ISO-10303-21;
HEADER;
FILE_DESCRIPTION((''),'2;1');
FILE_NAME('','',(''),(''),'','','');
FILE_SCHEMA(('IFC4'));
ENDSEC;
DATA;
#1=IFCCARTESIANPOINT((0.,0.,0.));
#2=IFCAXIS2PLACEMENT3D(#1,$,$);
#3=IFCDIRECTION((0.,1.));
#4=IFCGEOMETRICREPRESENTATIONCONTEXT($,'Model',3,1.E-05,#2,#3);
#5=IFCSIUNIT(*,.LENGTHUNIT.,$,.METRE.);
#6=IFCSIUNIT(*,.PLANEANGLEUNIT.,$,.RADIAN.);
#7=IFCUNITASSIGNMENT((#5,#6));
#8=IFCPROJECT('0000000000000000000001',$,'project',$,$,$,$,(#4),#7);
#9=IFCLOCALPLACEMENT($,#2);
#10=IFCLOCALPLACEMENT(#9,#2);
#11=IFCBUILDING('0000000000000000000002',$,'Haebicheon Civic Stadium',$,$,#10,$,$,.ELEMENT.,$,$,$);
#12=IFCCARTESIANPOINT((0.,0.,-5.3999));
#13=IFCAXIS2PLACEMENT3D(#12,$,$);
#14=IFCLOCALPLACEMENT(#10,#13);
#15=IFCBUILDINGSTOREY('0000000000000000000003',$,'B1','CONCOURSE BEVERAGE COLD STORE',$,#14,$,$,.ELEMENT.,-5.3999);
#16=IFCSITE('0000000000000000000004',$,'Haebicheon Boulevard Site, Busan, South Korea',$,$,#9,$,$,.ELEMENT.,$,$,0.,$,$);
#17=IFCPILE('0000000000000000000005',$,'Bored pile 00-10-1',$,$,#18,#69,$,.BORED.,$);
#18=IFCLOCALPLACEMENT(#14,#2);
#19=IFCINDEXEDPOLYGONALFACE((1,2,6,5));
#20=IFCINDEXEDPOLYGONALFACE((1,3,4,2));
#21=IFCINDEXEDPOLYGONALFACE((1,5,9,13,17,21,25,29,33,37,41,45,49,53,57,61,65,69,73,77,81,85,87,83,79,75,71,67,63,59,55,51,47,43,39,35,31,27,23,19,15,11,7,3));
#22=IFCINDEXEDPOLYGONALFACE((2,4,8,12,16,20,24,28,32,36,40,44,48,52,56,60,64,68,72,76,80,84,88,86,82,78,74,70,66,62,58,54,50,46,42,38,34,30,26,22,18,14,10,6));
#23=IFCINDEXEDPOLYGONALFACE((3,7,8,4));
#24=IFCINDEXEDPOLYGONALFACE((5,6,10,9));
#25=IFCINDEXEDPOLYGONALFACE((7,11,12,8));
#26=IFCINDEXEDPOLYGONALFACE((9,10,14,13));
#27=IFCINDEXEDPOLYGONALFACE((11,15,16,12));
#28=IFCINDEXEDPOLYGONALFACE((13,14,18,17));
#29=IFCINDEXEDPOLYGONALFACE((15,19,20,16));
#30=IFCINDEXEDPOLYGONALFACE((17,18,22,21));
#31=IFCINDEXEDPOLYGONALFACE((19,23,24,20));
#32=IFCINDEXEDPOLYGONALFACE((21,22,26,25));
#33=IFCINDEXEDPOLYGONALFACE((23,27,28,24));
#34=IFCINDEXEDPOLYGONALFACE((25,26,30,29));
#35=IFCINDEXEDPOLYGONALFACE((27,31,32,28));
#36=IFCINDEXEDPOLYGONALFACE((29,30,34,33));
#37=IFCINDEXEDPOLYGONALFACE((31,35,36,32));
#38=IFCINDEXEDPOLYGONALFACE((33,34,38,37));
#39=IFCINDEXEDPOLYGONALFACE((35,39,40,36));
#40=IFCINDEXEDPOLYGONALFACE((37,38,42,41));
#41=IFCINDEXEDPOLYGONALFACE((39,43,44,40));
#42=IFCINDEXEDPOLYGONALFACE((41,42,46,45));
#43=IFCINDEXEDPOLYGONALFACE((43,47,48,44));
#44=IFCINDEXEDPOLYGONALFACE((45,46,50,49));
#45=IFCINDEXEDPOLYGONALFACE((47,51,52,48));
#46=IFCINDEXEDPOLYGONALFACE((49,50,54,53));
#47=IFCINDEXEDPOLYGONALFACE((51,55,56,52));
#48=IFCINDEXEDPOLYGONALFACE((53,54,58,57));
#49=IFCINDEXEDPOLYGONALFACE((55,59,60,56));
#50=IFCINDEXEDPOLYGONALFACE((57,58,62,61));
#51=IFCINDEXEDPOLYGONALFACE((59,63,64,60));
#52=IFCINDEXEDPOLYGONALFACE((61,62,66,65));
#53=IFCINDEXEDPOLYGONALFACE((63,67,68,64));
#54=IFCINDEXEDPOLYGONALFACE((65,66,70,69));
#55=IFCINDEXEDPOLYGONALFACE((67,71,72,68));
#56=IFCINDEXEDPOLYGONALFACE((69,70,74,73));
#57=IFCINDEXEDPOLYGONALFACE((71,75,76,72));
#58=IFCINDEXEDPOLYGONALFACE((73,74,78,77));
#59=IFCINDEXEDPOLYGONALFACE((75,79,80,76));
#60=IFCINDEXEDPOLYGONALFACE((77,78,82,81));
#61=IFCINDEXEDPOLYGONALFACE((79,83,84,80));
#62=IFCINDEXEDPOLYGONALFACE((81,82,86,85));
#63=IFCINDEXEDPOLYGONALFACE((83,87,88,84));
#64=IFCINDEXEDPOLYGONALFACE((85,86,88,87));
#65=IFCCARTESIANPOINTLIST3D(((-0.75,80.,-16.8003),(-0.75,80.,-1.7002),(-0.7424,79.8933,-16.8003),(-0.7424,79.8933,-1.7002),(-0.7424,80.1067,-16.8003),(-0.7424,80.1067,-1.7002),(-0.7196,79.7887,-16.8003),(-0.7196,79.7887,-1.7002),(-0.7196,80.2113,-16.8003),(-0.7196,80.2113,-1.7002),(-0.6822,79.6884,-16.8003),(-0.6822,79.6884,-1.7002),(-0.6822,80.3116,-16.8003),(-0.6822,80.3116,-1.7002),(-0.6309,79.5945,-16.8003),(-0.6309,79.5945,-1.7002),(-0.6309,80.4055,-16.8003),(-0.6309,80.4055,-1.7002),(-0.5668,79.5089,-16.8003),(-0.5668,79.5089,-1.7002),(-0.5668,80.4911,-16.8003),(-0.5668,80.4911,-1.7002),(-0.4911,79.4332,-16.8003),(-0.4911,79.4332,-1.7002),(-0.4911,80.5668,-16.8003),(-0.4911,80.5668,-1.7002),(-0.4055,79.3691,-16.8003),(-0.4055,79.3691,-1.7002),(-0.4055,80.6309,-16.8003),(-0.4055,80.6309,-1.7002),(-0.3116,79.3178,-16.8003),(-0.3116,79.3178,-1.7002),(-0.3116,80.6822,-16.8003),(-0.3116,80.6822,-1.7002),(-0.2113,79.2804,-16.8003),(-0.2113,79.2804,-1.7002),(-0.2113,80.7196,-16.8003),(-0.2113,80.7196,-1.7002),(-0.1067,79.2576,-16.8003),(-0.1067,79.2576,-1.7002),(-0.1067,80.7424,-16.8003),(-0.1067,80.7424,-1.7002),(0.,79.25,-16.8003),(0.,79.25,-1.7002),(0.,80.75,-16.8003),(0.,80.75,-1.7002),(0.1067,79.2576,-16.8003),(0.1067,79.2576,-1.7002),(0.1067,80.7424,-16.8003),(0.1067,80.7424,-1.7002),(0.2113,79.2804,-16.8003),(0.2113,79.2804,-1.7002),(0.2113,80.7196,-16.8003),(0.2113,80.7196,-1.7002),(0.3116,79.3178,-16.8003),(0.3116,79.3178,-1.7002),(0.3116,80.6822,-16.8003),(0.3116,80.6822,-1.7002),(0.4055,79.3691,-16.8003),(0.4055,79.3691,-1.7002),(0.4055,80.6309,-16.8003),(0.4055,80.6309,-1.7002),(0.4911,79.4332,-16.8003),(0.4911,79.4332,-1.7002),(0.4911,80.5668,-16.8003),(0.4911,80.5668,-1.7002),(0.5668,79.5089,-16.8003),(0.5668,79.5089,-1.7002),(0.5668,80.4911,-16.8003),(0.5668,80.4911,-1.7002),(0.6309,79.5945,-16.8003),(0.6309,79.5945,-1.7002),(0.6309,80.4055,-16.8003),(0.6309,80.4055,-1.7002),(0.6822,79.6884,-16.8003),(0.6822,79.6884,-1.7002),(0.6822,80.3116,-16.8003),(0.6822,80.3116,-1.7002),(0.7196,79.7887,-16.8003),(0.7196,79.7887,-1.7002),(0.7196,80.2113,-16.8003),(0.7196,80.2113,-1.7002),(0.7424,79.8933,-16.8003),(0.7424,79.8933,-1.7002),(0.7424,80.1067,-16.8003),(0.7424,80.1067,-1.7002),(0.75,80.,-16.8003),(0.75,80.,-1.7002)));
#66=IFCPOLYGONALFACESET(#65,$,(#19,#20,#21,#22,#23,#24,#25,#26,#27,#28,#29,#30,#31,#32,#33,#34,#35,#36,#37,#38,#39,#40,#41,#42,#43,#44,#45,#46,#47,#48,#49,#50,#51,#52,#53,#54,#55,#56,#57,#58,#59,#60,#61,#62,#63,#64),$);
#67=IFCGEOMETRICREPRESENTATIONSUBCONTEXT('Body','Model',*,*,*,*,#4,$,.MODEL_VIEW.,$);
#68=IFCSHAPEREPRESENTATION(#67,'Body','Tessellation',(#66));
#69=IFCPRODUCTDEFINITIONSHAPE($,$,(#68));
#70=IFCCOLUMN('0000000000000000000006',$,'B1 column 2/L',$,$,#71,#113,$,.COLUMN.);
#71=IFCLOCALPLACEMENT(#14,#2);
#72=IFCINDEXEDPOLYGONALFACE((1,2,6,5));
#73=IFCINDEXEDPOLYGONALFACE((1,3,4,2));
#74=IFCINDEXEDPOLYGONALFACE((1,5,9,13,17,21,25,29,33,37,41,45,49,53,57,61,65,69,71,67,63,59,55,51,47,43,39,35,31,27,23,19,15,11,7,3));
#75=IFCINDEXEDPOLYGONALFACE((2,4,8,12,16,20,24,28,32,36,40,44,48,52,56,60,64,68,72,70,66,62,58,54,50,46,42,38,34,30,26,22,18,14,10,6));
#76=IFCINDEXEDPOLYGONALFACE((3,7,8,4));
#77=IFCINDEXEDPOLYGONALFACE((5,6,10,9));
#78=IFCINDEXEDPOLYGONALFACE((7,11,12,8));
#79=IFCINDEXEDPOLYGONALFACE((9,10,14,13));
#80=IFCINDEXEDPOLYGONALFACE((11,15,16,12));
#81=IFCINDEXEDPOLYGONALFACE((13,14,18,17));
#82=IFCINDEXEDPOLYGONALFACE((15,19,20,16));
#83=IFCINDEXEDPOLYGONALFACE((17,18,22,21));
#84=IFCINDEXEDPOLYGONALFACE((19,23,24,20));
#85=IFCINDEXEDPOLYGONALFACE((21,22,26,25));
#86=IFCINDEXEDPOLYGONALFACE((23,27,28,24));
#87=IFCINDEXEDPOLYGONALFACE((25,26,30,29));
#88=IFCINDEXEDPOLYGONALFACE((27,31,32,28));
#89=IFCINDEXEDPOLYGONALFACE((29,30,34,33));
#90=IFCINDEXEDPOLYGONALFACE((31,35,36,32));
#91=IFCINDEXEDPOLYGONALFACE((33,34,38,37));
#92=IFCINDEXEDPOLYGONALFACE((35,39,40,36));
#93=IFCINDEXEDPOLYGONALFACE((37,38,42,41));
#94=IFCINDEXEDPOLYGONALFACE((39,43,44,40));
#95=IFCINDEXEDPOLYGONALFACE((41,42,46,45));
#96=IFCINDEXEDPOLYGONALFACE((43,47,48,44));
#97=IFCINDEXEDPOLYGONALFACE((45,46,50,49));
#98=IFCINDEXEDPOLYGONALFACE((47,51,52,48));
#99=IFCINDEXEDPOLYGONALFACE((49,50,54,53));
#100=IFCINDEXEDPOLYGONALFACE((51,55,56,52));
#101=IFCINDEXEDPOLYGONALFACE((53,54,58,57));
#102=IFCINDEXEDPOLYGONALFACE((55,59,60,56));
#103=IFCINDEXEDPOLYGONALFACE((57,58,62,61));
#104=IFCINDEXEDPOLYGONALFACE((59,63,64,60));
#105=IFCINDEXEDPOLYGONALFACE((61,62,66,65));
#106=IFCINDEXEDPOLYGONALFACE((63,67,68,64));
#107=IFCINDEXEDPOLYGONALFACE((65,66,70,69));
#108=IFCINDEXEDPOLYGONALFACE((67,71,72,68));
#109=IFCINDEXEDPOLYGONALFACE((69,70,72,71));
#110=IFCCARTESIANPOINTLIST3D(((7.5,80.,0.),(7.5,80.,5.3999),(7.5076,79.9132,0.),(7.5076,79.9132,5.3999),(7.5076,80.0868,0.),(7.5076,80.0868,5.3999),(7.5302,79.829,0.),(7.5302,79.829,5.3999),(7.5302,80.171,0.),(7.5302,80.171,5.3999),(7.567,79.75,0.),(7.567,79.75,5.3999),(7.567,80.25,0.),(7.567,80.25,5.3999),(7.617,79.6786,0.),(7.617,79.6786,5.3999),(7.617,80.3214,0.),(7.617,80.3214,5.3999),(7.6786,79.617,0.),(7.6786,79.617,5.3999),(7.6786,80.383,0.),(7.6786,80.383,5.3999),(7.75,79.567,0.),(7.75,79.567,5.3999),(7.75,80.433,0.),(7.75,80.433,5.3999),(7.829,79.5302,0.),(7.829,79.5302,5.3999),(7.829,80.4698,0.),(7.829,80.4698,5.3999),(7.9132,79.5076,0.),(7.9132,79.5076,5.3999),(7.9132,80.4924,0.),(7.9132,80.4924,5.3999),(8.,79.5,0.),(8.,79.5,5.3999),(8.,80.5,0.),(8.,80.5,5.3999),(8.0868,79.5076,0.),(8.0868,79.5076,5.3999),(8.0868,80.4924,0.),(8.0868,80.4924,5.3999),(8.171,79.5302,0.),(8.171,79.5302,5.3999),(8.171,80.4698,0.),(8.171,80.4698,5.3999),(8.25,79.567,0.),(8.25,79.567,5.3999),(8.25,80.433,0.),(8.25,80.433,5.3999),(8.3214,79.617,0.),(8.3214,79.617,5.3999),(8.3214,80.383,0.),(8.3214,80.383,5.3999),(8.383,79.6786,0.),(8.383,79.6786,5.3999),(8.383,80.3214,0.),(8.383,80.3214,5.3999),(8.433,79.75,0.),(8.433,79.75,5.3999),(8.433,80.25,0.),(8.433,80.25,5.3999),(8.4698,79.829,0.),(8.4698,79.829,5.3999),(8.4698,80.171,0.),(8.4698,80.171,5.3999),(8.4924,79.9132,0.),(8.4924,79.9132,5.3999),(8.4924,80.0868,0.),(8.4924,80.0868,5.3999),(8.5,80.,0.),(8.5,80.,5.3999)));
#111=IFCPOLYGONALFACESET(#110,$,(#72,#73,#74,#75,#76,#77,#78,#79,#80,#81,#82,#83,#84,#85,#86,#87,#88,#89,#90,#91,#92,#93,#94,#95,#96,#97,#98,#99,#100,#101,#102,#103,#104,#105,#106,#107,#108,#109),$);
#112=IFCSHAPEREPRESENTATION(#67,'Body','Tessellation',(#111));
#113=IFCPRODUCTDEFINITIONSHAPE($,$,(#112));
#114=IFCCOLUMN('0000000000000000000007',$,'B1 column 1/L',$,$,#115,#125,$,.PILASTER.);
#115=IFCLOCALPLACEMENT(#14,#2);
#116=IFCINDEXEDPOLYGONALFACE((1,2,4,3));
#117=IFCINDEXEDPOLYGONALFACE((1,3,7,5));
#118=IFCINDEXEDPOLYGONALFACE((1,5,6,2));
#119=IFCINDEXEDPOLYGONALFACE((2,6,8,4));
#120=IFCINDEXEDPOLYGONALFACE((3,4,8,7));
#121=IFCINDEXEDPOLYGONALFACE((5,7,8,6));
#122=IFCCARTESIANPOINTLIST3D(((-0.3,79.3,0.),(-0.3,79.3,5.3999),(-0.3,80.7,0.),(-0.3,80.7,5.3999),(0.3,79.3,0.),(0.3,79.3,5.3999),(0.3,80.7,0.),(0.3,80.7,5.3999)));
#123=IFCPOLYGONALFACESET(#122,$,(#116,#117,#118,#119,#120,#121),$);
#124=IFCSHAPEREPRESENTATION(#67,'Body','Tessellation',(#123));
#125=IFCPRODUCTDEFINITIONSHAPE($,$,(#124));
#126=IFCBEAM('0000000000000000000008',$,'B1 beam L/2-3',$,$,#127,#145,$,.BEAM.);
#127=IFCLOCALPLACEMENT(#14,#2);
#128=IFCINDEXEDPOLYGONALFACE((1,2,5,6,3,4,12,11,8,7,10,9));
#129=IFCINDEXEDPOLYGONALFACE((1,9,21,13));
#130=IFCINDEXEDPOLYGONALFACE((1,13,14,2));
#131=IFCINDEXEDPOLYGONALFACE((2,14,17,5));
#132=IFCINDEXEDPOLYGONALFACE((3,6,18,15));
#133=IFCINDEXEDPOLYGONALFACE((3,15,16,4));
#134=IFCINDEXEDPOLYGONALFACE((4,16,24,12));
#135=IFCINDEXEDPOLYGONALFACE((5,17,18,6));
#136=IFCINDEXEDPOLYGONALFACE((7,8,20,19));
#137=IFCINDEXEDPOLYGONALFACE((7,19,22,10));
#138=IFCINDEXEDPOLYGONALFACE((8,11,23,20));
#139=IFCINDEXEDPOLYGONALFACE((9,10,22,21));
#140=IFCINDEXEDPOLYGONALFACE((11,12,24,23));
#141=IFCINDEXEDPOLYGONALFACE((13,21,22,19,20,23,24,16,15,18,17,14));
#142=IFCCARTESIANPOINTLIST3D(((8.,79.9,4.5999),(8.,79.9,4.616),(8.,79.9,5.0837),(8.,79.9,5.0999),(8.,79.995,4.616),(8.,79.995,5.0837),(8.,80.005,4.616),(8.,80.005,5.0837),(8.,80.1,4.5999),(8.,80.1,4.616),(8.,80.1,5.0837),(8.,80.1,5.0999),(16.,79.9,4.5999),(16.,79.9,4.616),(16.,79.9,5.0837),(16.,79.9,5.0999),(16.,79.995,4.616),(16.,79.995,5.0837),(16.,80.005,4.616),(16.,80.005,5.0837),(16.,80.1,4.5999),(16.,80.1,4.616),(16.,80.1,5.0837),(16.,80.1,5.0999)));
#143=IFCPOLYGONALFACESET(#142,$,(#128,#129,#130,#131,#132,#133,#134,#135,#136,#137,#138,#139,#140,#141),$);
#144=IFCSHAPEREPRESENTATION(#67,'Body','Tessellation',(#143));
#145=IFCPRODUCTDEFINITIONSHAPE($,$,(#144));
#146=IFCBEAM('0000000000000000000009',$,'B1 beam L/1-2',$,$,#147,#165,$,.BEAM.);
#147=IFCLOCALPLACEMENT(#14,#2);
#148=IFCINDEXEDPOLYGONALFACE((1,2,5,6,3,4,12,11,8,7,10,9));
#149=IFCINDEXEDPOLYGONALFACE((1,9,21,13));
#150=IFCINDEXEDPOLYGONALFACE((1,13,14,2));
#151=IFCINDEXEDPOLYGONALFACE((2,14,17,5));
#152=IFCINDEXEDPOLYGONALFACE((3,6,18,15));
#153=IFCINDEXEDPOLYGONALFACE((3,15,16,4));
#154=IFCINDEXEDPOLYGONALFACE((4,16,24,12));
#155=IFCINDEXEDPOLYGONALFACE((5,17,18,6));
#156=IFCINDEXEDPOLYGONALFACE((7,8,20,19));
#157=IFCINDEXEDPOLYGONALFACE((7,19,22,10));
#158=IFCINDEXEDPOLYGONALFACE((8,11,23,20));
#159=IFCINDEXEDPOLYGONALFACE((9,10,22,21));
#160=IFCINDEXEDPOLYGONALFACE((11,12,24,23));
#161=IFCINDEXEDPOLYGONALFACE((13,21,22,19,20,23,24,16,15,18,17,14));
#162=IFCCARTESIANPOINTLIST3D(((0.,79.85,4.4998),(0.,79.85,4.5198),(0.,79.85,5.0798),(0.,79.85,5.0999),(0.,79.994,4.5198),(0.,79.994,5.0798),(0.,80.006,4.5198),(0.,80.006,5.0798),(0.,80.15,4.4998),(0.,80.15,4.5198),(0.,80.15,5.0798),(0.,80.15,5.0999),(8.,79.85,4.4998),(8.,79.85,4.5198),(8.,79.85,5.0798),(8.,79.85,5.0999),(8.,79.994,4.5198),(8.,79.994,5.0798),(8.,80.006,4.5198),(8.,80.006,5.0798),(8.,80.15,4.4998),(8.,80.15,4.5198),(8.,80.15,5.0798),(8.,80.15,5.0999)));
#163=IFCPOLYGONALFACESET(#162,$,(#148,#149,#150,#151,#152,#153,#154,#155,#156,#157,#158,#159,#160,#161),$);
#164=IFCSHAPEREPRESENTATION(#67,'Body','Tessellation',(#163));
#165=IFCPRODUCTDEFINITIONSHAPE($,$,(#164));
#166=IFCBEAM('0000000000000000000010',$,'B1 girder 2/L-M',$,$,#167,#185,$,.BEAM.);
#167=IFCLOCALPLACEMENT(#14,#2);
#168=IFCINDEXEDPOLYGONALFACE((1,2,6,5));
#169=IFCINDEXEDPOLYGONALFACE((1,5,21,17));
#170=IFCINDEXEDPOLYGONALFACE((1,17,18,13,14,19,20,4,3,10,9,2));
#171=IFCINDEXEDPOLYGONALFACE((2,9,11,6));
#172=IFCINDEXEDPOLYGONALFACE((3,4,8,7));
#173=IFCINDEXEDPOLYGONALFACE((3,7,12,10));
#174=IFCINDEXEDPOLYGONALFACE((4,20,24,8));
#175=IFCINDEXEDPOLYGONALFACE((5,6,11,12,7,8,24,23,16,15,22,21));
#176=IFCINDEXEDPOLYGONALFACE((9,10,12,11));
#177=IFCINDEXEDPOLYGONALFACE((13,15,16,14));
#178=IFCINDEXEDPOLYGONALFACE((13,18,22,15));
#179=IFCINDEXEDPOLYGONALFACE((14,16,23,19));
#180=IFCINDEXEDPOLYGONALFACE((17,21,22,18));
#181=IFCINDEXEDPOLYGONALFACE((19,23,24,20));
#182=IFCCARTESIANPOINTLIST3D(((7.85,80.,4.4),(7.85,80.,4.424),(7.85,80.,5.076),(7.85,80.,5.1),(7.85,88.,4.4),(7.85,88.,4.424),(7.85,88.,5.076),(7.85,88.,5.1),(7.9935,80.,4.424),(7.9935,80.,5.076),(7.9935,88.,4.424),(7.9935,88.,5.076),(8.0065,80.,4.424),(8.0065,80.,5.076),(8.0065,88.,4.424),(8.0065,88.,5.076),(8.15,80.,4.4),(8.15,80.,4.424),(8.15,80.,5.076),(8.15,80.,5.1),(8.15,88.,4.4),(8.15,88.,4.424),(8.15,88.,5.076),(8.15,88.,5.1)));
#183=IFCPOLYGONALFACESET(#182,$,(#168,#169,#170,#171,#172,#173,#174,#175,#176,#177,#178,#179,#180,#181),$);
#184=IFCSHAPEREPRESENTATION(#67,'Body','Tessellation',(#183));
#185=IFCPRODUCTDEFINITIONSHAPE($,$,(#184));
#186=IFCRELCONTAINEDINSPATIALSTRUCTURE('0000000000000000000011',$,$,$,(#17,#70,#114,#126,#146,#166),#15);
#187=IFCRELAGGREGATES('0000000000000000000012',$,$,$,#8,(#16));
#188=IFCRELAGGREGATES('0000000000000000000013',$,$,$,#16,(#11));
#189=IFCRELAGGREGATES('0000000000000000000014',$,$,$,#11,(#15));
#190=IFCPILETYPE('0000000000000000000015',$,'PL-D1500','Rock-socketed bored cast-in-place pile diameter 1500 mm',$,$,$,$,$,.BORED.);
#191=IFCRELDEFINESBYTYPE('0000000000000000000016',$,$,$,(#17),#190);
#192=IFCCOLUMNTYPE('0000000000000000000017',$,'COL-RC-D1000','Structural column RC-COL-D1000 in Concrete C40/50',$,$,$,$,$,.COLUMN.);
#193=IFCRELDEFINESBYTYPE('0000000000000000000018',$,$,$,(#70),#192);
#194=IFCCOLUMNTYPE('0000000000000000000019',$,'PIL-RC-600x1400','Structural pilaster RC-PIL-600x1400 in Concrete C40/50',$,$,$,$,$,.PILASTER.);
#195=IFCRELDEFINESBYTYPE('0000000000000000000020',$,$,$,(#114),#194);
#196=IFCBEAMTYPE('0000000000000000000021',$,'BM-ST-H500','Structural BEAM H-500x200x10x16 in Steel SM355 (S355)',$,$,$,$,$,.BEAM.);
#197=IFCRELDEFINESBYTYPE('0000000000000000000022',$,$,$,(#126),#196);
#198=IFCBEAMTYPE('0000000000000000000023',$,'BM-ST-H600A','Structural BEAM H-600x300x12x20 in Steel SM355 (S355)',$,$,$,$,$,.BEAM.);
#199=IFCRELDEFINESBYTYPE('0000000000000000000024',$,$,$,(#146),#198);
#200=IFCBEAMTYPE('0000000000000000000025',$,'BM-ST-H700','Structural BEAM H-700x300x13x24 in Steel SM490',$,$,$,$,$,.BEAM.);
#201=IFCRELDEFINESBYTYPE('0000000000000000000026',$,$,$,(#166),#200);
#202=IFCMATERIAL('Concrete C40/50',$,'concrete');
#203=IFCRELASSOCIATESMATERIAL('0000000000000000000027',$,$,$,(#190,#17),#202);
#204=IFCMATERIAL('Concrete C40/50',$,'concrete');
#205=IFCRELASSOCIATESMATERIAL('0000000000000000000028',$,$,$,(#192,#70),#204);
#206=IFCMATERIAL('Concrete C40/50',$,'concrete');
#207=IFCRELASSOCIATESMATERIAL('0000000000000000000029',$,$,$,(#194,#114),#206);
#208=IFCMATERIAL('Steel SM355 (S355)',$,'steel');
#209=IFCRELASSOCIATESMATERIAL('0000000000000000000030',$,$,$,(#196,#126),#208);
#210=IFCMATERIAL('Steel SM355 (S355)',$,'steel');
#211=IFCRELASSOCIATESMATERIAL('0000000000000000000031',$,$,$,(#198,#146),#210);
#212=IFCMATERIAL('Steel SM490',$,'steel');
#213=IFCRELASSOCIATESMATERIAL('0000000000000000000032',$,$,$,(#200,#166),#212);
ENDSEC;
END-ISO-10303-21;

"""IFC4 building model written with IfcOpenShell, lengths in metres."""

from ifc_helpers import new_model, si_unit, direction, frame, origin, origin_2d, place, context, subcontext, project, spatial, rectangle, circle, i_section, extrude, material, material_profile, profile_set, type_object, element, save


model = new_model("IFC4")

# Units and contexts
model_context = context("Model", 3, precision=1e-05, world=origin(), true_north=direction((0.0, 1.0)))
body_context = subcontext(model_context, "Body", "Model", "MODEL_VIEW")
ifc_project = project(units=[si_unit("LENGTHUNIT", "METRE"), si_unit("PLANEANGLEUNIT", "RADIAN")], contexts=[model_context])

# Site, building, storey
site_placement = place(None, origin())
site = spatial("IfcSite", under=ifc_project, at=site_placement, Name="Haebicheon Boulevard Site, Busan, South Korea", CompositionType="ELEMENT", RefElevation=0.0)
building_placement = place(site_placement, origin())
building = spatial("IfcBuilding", under=site, at=building_placement, Name="Haebicheon Civic Stadium", CompositionType="ELEMENT")
storey_placement = place(building_placement, frame((0.0, 0.0, -5.3999)))
storey = spatial("IfcBuildingStorey", under=building, at=storey_placement, Name="B1", Description="CONCOURSE BEVERAGE COLD STORE", CompositionType="ELEMENT", Elevation=-5.3999)

# Pile
ifc_material_1 = material(Name="Concrete C40/50", Category="concrete")
ifc_material_profile_1 = material_profile(ifc_material_1, circle(Radius=0.75, at=origin_2d()), Name="PILE-D1500")
ifc_profile_set_1 = profile_set([ifc_material_profile_1], Name="Concrete C40/50")
pile_type_1 = type_object("IfcPileType", Name="PL-D1500", Description="Rock-socketed bored cast-in-place pile diameter 1500 mm", PredefinedType="BORED", material=ifc_profile_set_1)
pile_placement = place(storey_placement, frame((0.0, 80.0, -1.7002), z_axis=(0.0, 0.0, -1.0), x_axis=(1.0, 0.0, 0.0)))
element("IfcPile", 1, at=pile_placement, inside=storey, type_object=pile_type_1, material=ifc_profile_set_1, Name="Bored pile 00-10-1", PredefinedType="BORED", context=body_context, shape_type="SweptSolid", body=[
    extrude(circle(Radius=0.75, at=origin_2d()), origin(), (0.0, 0.0, 1.0), 15.1001),
])

# Columns
ifc_material_2 = material(Name="Concrete C40/50", Category="concrete")
ifc_material_profile_2 = material_profile(ifc_material_2, circle(Radius=0.5, at=origin_2d()), Name="RC-COL-D1000")
ifc_profile_set_2 = profile_set([ifc_material_profile_2], Name="Concrete C40/50")
column_type_1 = type_object("IfcColumnType", Name="COL-RC-D1000", Description="Structural column RC-COL-D1000 in Concrete C40/50", PredefinedType="COLUMN", material=ifc_profile_set_2)
column_1_placement = place(storey_placement, frame((8.0, 80.0, 0.0), z_axis=(0.0, 0.0, 1.0), x_axis=(1.0, 0.0, 0.0)))
element("IfcColumn", 2, at=column_1_placement, inside=storey, type_object=column_type_1, material=ifc_profile_set_2, Name="B1 column 2/L", PredefinedType="COLUMN", context=body_context, shape_type="SweptSolid", body=[
    extrude(circle(Radius=0.5, at=origin_2d()), origin(), (0.0, 0.0, 1.0), 5.3999),
])
ifc_material_3 = material(Name="Concrete C40/50", Category="concrete")
ifc_material_profile_3 = material_profile(ifc_material_3, rectangle(XDim=0.6001, YDim=1.3999, at=origin_2d()), Name="RC-PIL-600x1400")
ifc_profile_set_3 = profile_set([ifc_material_profile_3], Name="Concrete C40/50")
column_type_2 = type_object("IfcColumnType", Name="PIL-RC-600x1400", Description="Structural pilaster RC-PIL-600x1400 in Concrete C40/50", PredefinedType="PILASTER", material=ifc_profile_set_3)
column_2_placement = place(storey_placement, frame((0.0, 80.0, 0.0), z_axis=(0.0, 0.0, 1.0), x_axis=(1.0, 0.0, 0.0)))
element("IfcColumn", 3, at=column_2_placement, inside=storey, type_object=column_type_2, material=ifc_profile_set_3, Name="B1 column 1/L", PredefinedType="PILASTER", context=body_context, shape_type="SweptSolid", body=[
    extrude(rectangle(XDim=0.6001, YDim=1.3999, at=origin_2d()), origin(), (0.0, 0.0, 1.0), 5.3999),
])

# Beams
ifc_material_4 = material(Name="Steel SM355 (S355)", Category="steel")
ifc_material_profile_4 = material_profile(ifc_material_4, i_section(OverallWidth=0.2, OverallDepth=0.5, WebThickness=0.01, FlangeThickness=0.0161, at=origin_2d()), Name="H-500x200x10x16")
ifc_profile_set_4 = profile_set([ifc_material_profile_4], Name="Steel SM355 (S355)")
beam_type_1 = type_object("IfcBeamType", Name="BM-ST-H500", Description="Structural BEAM H-500x200x10x16 in Steel SM355 (S355)", PredefinedType="BEAM", material=ifc_profile_set_4)
beam_1_placement = place(storey_placement, frame((8.0, 80.0, 4.8499), z_axis=(1.0, 0.0, 0.0), x_axis=(0.0, 1.0, 0.0)))
element("IfcBeam", 4, at=beam_1_placement, inside=storey, type_object=beam_type_1, material=ifc_profile_set_4, Name="B1 beam L/2-3", PredefinedType="BEAM", context=body_context, shape_type="SweptSolid", body=[
    extrude(i_section(OverallWidth=0.2, OverallDepth=0.5, WebThickness=0.01, FlangeThickness=0.0161, at=origin_2d()), origin(), (0.0, 0.0, 1.0), 8.0),
])
ifc_material_5 = material(Name="Steel SM355 (S355)", Category="steel")
ifc_material_profile_5 = material_profile(ifc_material_5, i_section(OverallWidth=0.3, OverallDepth=0.6001, WebThickness=0.012, FlangeThickness=0.02, at=origin_2d()), Name="H-600x300x12x20")
ifc_profile_set_5 = profile_set([ifc_material_profile_5], Name="Steel SM355 (S355)")
beam_type_2 = type_object("IfcBeamType", Name="BM-ST-H600A", Description="Structural BEAM H-600x300x12x20 in Steel SM355 (S355)", PredefinedType="BEAM", material=ifc_profile_set_5)
beam_2_placement = place(storey_placement, frame((0.0, 80.0, 4.7998), z_axis=(1.0, 0.0, 0.0), x_axis=(0.0, 1.0, 0.0)))
element("IfcBeam", 5, at=beam_2_placement, inside=storey, type_object=beam_type_2, material=ifc_profile_set_5, Name="B1 beam L/1-2", PredefinedType="BEAM", context=body_context, shape_type="SweptSolid", body=[
    extrude(i_section(OverallWidth=0.3, OverallDepth=0.6001, WebThickness=0.012, FlangeThickness=0.02, at=origin_2d()), origin(), (0.0, 0.0, 1.0), 8.0),
])
ifc_material_6 = material(Name="Steel SM490", Category="steel")
ifc_material_profile_6 = material_profile(ifc_material_6, i_section(OverallWidth=0.3, OverallDepth=0.7, WebThickness=0.0129, FlangeThickness=0.0239, at=origin_2d()), Name="H-700x300x13x24")
ifc_profile_set_6 = profile_set([ifc_material_profile_6], Name="Steel SM490")
beam_type_3 = type_object("IfcBeamType", Name="BM-ST-H700", Description="Structural BEAM H-700x300x13x24 in Steel SM490", PredefinedType="BEAM", material=ifc_profile_set_6)
beam_3_placement = place(storey_placement, frame((8.0, 80.0, 4.75), z_axis=(0.0, 1.0, 0.0), x_axis=(-1.0, 0.0, 0.0)))
element("IfcBeam", 6, at=beam_3_placement, inside=storey, type_object=beam_type_3, material=ifc_profile_set_6, Name="B1 girder 2/L-M", PredefinedType="BEAM", context=body_context, shape_type="SweptSolid", body=[
    extrude(i_section(OverallWidth=0.3, OverallDepth=0.7, WebThickness=0.0129, FlangeThickness=0.0239, at=origin_2d()), origin(), (0.0, 0.0, 1.0), 8.0),
])

save(model, "model.ifc")
